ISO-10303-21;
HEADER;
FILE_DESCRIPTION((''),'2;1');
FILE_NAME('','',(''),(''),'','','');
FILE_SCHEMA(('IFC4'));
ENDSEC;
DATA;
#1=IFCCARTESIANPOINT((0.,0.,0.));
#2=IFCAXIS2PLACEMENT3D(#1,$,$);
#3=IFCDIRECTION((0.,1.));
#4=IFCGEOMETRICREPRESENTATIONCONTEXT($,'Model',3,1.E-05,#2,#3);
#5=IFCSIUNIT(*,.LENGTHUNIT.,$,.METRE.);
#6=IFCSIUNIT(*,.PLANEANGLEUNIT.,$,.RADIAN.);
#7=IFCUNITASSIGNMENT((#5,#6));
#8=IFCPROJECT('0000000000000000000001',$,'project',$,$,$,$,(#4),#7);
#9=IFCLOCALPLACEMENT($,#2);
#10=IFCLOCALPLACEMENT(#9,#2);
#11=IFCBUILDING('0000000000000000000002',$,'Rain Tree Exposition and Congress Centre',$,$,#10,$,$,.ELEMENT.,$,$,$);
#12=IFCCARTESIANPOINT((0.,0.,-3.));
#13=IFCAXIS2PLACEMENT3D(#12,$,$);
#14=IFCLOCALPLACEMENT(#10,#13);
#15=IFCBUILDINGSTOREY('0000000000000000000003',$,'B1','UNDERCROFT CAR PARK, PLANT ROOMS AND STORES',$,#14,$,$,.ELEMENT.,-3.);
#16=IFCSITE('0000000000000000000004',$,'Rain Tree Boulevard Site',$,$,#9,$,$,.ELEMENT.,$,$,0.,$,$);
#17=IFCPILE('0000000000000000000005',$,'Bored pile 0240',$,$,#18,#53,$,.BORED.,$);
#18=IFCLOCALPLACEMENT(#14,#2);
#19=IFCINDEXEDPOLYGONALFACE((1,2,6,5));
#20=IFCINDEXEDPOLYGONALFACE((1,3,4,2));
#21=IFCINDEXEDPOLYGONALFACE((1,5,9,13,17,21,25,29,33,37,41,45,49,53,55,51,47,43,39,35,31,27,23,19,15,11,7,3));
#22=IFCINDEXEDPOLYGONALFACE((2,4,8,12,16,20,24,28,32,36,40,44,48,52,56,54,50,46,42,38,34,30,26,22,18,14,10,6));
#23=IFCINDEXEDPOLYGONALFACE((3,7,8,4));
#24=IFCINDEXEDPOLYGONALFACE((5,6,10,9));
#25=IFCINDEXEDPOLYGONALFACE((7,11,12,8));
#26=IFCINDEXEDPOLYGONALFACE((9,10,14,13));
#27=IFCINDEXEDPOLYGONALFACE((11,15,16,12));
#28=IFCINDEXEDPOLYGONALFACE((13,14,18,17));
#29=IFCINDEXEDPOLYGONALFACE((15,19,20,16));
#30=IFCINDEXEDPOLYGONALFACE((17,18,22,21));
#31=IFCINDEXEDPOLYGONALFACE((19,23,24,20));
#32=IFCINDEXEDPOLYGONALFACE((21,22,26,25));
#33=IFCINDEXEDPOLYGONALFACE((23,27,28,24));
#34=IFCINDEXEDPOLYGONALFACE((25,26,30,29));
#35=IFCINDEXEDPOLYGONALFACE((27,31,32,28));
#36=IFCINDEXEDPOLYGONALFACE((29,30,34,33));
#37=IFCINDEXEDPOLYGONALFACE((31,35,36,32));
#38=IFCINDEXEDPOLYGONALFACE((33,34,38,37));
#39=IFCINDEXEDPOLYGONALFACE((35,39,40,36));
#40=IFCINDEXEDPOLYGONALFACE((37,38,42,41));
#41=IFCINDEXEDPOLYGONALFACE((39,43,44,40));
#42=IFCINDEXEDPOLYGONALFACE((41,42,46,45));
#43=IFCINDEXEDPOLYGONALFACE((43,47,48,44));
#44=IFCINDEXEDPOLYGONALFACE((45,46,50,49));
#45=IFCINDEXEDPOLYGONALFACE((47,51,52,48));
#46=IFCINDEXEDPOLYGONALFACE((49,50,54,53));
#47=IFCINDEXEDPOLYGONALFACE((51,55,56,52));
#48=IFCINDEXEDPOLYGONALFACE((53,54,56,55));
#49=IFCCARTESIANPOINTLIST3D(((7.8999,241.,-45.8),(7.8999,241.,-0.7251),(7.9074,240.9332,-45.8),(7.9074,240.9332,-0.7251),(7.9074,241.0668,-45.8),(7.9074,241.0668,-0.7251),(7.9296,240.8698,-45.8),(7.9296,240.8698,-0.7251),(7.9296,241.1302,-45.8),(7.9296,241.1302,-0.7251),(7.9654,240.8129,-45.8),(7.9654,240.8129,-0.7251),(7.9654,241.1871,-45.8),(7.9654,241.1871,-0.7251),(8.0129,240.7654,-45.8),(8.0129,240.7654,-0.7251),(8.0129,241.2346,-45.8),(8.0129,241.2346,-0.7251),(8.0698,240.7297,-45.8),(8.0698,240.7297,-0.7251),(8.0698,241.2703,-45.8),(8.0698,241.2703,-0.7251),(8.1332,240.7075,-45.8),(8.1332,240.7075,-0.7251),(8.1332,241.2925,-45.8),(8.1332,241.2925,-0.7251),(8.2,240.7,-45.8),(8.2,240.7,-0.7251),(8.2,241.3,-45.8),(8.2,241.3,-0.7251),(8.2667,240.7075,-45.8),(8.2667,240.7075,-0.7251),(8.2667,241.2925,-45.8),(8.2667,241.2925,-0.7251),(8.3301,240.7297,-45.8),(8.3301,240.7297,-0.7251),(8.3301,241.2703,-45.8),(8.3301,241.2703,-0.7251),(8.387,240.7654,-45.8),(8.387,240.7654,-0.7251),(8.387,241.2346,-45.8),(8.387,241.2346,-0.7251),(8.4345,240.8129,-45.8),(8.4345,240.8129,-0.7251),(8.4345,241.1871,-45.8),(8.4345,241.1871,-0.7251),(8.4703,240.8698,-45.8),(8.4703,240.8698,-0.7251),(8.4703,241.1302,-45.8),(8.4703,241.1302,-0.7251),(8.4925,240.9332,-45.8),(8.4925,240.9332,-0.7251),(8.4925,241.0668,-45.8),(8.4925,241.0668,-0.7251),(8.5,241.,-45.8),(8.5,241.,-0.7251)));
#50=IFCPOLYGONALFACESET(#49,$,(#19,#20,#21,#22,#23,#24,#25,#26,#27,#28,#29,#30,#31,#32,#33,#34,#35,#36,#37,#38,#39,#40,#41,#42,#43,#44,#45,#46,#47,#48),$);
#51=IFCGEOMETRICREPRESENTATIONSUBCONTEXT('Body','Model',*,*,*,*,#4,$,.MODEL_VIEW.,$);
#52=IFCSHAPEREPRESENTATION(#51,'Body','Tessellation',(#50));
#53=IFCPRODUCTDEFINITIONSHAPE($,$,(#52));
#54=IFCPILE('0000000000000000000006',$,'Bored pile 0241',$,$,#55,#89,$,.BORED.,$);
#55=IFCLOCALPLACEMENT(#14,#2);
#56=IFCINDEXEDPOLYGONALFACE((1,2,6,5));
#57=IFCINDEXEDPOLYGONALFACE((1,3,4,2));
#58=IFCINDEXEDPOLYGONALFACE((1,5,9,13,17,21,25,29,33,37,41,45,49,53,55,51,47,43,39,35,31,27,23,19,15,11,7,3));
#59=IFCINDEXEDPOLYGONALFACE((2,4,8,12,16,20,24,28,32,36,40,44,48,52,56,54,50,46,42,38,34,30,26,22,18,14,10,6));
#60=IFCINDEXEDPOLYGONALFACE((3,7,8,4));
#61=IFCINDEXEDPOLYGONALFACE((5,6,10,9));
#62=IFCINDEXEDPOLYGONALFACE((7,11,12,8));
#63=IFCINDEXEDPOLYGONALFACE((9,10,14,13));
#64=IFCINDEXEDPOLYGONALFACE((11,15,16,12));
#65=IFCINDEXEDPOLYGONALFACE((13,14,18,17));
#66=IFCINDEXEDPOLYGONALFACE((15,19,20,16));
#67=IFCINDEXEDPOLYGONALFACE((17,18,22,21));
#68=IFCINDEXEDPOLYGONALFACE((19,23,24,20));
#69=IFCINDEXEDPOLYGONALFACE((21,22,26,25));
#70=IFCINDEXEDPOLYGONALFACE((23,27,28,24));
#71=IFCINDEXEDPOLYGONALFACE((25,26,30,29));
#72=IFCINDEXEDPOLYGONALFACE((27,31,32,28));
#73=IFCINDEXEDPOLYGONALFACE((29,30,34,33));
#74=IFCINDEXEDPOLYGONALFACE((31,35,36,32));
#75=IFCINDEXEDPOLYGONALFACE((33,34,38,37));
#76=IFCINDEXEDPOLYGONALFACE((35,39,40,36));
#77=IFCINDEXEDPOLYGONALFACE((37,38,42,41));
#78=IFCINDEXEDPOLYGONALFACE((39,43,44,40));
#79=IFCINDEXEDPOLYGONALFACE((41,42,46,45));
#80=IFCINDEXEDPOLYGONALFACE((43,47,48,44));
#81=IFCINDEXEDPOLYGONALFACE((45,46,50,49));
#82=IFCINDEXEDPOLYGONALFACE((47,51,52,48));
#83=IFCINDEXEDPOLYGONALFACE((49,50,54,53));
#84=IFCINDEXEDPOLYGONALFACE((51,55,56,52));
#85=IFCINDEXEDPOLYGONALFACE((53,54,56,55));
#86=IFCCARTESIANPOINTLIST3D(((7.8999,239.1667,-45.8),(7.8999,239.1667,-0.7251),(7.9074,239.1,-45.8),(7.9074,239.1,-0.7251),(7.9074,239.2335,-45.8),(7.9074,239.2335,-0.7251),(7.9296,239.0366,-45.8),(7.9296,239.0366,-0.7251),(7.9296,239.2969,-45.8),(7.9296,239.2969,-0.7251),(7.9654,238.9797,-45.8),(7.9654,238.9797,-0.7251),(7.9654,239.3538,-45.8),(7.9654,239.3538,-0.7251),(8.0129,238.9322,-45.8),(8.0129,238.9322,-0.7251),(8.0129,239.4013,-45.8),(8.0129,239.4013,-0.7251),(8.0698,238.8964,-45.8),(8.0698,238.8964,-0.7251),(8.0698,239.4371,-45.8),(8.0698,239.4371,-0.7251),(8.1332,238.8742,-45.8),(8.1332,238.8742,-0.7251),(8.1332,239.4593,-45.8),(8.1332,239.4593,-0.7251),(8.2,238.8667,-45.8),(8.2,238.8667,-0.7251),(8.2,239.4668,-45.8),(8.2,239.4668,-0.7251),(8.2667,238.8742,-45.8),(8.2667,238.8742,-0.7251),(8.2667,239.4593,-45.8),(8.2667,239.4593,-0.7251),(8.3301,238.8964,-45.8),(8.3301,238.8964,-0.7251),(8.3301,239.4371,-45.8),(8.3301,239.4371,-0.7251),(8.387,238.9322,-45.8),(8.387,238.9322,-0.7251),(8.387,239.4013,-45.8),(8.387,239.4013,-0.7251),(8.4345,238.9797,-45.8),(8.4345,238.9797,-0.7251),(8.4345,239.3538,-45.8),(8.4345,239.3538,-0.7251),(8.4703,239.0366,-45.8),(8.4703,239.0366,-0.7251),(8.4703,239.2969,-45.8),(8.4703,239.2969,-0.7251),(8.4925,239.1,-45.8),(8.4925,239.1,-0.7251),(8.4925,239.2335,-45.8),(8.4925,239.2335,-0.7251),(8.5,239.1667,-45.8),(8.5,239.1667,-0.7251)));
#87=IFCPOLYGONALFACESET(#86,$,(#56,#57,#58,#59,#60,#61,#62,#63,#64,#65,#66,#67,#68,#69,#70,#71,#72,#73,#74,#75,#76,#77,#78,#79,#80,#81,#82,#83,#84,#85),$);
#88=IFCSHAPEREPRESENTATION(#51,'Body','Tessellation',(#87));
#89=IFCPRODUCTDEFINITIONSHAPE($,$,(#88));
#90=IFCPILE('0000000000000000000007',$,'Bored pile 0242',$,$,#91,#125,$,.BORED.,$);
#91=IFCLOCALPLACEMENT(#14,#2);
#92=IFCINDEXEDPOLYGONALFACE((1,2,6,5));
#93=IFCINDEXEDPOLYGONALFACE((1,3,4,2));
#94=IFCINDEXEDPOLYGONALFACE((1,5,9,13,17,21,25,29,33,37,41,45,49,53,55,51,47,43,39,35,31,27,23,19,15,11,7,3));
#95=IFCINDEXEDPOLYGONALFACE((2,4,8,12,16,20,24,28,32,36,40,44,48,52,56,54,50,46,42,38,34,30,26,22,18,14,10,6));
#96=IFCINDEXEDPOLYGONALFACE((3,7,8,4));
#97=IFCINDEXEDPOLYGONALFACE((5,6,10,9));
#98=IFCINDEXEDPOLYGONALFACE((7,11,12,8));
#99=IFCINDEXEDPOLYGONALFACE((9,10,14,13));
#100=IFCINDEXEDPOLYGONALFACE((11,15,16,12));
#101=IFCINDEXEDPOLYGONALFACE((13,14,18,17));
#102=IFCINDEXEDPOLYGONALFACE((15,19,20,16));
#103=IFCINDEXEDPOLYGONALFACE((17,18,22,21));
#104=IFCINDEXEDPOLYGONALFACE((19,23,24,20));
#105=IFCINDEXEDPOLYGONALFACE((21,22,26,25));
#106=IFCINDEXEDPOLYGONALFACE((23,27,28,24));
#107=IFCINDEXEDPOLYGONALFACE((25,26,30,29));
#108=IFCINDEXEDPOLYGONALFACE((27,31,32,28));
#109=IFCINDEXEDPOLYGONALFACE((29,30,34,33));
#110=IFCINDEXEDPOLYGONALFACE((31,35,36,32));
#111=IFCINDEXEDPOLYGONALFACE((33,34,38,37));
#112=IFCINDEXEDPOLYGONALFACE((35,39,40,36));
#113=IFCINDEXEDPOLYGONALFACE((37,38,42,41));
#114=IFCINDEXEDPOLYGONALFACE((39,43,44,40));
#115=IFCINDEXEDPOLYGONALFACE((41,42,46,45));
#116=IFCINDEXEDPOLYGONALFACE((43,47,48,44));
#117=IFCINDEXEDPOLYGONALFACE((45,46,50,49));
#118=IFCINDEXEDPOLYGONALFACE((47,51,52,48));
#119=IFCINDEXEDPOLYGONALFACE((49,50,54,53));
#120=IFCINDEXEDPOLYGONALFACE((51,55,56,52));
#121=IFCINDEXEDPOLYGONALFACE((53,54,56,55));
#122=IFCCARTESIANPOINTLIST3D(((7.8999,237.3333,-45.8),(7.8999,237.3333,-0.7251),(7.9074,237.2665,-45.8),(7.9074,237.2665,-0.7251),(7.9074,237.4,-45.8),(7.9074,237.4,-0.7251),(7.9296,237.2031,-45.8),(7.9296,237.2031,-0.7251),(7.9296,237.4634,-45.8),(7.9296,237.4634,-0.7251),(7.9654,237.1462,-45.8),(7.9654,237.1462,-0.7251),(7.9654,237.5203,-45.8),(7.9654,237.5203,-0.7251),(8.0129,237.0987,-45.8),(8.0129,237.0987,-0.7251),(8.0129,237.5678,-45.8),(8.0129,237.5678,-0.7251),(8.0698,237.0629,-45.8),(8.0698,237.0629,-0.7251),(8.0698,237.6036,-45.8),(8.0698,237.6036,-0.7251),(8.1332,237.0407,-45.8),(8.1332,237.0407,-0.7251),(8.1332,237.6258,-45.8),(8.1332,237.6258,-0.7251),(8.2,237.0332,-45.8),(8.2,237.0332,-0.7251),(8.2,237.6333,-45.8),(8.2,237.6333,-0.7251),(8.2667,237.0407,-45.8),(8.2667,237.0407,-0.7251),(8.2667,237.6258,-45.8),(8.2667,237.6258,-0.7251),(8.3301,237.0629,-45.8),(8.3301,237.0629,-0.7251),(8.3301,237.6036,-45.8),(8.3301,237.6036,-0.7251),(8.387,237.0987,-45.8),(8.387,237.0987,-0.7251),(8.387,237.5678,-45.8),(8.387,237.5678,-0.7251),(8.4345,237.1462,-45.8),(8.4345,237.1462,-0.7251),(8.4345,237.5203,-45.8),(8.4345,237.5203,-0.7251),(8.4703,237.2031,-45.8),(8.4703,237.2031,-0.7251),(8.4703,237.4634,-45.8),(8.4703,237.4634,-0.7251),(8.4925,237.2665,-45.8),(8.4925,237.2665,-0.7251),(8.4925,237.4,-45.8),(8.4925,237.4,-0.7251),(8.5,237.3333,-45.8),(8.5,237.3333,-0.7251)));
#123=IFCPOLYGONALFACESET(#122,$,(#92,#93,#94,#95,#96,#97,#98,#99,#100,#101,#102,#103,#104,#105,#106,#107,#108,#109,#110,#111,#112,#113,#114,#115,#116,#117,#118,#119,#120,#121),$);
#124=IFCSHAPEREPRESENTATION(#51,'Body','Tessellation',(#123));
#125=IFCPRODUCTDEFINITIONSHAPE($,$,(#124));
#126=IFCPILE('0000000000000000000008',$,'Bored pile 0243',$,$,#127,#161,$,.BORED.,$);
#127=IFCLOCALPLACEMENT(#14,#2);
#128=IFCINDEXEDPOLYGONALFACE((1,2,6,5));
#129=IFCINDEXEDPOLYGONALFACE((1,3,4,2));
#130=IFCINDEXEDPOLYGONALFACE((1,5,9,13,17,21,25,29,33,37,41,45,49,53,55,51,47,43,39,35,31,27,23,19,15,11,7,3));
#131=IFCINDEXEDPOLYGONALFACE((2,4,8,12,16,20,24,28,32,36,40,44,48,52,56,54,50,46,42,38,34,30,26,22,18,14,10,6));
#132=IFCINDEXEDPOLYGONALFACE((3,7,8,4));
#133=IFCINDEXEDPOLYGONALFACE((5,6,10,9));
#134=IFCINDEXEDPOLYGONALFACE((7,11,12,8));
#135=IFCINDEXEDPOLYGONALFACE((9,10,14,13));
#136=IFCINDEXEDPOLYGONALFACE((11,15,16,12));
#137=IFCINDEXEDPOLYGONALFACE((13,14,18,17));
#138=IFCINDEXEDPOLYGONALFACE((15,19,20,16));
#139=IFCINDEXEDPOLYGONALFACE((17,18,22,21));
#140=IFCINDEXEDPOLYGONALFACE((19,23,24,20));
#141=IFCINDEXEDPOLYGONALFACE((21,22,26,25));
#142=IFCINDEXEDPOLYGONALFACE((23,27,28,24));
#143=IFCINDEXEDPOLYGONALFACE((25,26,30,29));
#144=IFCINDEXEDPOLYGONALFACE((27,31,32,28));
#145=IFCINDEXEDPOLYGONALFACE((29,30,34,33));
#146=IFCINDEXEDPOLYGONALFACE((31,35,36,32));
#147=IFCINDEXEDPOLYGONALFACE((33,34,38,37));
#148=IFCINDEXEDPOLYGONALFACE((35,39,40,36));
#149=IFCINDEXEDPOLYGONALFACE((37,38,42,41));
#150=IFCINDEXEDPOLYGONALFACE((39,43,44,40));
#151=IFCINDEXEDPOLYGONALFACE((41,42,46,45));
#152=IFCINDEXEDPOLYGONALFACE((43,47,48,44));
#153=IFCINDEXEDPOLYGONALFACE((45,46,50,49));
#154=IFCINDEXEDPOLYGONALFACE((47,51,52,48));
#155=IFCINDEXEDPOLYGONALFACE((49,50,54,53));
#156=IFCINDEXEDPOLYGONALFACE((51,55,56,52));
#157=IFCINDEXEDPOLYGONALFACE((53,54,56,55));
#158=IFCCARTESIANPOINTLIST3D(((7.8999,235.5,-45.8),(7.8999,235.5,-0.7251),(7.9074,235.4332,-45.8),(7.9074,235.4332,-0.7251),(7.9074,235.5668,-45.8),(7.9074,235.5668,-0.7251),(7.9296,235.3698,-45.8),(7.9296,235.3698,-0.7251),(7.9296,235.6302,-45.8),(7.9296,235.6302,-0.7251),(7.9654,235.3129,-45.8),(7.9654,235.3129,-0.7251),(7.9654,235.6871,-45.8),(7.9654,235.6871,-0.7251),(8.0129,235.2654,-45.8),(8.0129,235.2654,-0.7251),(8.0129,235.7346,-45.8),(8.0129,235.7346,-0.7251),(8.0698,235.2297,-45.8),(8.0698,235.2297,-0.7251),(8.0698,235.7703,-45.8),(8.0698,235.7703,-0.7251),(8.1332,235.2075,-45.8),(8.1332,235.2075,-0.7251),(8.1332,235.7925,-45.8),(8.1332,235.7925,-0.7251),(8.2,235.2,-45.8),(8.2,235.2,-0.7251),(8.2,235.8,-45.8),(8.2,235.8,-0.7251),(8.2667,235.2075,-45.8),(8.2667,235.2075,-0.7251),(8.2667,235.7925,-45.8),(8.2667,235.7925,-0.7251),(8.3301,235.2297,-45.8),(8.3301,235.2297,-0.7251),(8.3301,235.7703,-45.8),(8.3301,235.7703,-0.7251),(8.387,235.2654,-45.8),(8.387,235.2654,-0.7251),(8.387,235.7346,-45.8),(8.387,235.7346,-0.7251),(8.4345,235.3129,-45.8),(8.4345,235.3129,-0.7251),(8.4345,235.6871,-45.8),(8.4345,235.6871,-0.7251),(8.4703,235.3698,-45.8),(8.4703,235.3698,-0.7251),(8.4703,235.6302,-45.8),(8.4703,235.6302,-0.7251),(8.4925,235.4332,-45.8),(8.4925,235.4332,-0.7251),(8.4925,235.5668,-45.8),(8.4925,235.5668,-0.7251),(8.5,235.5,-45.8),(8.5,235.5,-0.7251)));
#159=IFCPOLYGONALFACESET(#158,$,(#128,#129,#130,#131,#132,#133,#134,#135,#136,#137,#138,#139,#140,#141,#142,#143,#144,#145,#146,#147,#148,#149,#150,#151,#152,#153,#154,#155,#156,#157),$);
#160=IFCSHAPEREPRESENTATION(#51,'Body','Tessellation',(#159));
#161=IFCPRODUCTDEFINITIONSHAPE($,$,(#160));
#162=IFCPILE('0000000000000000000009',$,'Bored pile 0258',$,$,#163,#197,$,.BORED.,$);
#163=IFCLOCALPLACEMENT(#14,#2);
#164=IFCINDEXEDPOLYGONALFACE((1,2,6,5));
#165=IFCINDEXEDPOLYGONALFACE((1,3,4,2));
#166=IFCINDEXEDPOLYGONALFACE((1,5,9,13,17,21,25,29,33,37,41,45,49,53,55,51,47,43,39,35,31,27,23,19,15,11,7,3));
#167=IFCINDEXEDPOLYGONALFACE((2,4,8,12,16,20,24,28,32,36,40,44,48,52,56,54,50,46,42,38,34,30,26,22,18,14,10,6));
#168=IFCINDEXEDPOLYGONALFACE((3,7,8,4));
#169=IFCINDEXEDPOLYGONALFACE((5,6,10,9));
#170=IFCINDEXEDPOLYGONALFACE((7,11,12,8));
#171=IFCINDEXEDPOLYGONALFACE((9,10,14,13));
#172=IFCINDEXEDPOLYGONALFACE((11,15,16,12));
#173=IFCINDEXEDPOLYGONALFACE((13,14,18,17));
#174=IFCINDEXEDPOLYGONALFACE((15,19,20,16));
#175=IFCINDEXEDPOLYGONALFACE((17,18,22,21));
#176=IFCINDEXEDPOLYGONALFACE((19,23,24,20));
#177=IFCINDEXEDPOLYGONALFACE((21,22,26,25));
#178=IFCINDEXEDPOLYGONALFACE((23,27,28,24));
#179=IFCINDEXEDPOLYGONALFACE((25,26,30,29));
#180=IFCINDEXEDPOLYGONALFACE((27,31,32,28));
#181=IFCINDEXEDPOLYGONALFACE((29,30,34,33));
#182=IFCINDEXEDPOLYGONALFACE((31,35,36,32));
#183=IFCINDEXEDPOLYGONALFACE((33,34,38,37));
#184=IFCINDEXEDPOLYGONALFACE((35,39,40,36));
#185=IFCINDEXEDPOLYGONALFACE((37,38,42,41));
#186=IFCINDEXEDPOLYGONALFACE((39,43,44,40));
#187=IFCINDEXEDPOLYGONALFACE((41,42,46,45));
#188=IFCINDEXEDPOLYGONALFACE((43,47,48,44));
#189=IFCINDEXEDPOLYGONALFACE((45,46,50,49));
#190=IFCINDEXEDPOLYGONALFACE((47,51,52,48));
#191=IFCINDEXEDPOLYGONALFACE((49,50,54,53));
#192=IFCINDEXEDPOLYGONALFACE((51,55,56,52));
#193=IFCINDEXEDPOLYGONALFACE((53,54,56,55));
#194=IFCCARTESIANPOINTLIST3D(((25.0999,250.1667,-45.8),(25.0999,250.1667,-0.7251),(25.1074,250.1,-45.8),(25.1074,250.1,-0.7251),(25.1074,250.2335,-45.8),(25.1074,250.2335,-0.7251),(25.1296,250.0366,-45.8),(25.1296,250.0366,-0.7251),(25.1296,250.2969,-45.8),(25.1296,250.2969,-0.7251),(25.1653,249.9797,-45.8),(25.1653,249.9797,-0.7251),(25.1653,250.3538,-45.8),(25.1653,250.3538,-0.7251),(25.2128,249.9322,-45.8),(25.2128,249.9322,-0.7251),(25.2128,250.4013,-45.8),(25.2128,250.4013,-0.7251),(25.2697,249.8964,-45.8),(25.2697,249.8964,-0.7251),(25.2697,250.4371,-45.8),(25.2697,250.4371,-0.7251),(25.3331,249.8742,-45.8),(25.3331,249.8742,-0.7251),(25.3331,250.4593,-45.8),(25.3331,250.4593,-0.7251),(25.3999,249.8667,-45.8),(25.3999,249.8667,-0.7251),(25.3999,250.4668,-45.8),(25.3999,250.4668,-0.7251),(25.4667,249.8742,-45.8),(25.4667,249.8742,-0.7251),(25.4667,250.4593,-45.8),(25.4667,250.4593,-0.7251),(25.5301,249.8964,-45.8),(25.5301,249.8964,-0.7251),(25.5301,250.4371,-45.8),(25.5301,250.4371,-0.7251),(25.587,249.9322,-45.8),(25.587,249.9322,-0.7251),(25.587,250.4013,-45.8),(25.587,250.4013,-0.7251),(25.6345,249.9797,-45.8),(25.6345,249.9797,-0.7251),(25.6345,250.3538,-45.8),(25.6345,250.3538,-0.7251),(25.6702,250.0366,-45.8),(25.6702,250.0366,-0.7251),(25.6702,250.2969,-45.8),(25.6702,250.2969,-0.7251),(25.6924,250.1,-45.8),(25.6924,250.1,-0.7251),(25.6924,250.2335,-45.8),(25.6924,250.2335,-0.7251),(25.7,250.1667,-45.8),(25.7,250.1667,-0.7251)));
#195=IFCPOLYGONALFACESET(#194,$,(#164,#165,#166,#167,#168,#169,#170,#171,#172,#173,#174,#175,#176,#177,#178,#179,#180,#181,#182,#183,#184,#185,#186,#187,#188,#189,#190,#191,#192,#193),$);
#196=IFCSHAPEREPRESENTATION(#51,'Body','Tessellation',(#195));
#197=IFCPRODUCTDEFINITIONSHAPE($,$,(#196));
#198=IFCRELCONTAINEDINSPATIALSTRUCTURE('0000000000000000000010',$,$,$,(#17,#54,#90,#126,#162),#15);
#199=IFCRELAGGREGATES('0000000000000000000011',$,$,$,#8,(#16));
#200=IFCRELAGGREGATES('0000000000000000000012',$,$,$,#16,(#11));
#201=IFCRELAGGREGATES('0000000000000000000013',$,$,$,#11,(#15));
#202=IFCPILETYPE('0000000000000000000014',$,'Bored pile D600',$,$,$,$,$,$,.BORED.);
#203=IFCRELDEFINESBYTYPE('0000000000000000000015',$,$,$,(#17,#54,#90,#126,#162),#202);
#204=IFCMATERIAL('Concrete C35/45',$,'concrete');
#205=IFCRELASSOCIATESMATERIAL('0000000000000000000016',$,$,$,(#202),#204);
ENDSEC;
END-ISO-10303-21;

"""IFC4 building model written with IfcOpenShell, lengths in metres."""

from ifc_helpers import new_model, si_unit, direction, frame, origin, origin_2d, place, context, subcontext, project, spatial, circle, extrude, material, material_profile, profile_set, type_object, element, save


model = new_model("IFC4")

# Units and contexts
model_context = context("Model", 3, precision=1e-05, world=origin(), true_north=direction((0.0, 1.0)))
body_context = subcontext(model_context, "Body", "Model", "MODEL_VIEW")
ifc_project = project(units=[si_unit("LENGTHUNIT", "METRE"), si_unit("PLANEANGLEUNIT", "RADIAN")], contexts=[model_context])

# Site, building, storey
site_placement = place(None, origin())
site = spatial("IfcSite", under=ifc_project, at=site_placement, Name="Rain Tree Boulevard Site", CompositionType="ELEMENT", RefElevation=0.0)
building_placement = place(site_placement, origin())
building = spatial("IfcBuilding", under=site, at=building_placement, Name="Rain Tree Exposition and Congress Centre", CompositionType="ELEMENT")
storey_placement = place(building_placement, frame((0.0, 0.0, -3.0)))
storey = spatial("IfcBuildingStorey", under=building, at=storey_placement, Name="B1", Description="UNDERCROFT CAR PARK, PLANT ROOMS AND STORES", CompositionType="ELEMENT", Elevation=-3.0)

# Piles
ifc_material_1 = material(Name="Concrete C35/45", Category="concrete")
ifc_material_profile_1 = material_profile(ifc_material_1, circle(Radius=0.3, at=origin_2d()), Name="D600")
ifc_profile_set_1 = profile_set([ifc_material_profile_1], Name="Concrete C35/45")
pile_type_1 = type_object("IfcPileType", Name="Bored pile D600", PredefinedType="BORED", material=ifc_profile_set_1)
for number, where, z_axis, x_axis, name in (
    (1, (8.2, 241.0, -0.7251), (0.0, 0.0, -1.0), (1.0, 0.0, 0.0), "Bored pile 0240"),
    (2, (8.2, 239.1667, -0.7251), (0.0, 0.0, -1.0), (1.0, 0.0, 0.0), "Bored pile 0241"),
    (3, (8.2, 237.3333, -0.7251), (0.0, 0.0, -1.0), (1.0, 0.0, 0.0), "Bored pile 0242"),
    (4, (8.2, 235.5, -0.7251), (0.0, 0.0, -1.0), (1.0, 0.0, 0.0), "Bored pile 0243"),
    (5, (25.3999, 250.1667, -0.7251), (0.0, 0.0, -1.0), (1.0, 0.0, 0.0), "Bored pile 0258"),
):
    element("IfcPile", number, at=place(storey_placement, frame(where, z_axis=z_axis, x_axis=x_axis)), inside=storey, type_object=pile_type_1, Name=name, PredefinedType="BORED", context=body_context, shape_type="SweptSolid", body=[
        extrude(circle(Radius=0.3, at=origin_2d()), origin(), (0.0, 0.0, 1.0), 45.075),
    ])

save(model, "model.ifc")
